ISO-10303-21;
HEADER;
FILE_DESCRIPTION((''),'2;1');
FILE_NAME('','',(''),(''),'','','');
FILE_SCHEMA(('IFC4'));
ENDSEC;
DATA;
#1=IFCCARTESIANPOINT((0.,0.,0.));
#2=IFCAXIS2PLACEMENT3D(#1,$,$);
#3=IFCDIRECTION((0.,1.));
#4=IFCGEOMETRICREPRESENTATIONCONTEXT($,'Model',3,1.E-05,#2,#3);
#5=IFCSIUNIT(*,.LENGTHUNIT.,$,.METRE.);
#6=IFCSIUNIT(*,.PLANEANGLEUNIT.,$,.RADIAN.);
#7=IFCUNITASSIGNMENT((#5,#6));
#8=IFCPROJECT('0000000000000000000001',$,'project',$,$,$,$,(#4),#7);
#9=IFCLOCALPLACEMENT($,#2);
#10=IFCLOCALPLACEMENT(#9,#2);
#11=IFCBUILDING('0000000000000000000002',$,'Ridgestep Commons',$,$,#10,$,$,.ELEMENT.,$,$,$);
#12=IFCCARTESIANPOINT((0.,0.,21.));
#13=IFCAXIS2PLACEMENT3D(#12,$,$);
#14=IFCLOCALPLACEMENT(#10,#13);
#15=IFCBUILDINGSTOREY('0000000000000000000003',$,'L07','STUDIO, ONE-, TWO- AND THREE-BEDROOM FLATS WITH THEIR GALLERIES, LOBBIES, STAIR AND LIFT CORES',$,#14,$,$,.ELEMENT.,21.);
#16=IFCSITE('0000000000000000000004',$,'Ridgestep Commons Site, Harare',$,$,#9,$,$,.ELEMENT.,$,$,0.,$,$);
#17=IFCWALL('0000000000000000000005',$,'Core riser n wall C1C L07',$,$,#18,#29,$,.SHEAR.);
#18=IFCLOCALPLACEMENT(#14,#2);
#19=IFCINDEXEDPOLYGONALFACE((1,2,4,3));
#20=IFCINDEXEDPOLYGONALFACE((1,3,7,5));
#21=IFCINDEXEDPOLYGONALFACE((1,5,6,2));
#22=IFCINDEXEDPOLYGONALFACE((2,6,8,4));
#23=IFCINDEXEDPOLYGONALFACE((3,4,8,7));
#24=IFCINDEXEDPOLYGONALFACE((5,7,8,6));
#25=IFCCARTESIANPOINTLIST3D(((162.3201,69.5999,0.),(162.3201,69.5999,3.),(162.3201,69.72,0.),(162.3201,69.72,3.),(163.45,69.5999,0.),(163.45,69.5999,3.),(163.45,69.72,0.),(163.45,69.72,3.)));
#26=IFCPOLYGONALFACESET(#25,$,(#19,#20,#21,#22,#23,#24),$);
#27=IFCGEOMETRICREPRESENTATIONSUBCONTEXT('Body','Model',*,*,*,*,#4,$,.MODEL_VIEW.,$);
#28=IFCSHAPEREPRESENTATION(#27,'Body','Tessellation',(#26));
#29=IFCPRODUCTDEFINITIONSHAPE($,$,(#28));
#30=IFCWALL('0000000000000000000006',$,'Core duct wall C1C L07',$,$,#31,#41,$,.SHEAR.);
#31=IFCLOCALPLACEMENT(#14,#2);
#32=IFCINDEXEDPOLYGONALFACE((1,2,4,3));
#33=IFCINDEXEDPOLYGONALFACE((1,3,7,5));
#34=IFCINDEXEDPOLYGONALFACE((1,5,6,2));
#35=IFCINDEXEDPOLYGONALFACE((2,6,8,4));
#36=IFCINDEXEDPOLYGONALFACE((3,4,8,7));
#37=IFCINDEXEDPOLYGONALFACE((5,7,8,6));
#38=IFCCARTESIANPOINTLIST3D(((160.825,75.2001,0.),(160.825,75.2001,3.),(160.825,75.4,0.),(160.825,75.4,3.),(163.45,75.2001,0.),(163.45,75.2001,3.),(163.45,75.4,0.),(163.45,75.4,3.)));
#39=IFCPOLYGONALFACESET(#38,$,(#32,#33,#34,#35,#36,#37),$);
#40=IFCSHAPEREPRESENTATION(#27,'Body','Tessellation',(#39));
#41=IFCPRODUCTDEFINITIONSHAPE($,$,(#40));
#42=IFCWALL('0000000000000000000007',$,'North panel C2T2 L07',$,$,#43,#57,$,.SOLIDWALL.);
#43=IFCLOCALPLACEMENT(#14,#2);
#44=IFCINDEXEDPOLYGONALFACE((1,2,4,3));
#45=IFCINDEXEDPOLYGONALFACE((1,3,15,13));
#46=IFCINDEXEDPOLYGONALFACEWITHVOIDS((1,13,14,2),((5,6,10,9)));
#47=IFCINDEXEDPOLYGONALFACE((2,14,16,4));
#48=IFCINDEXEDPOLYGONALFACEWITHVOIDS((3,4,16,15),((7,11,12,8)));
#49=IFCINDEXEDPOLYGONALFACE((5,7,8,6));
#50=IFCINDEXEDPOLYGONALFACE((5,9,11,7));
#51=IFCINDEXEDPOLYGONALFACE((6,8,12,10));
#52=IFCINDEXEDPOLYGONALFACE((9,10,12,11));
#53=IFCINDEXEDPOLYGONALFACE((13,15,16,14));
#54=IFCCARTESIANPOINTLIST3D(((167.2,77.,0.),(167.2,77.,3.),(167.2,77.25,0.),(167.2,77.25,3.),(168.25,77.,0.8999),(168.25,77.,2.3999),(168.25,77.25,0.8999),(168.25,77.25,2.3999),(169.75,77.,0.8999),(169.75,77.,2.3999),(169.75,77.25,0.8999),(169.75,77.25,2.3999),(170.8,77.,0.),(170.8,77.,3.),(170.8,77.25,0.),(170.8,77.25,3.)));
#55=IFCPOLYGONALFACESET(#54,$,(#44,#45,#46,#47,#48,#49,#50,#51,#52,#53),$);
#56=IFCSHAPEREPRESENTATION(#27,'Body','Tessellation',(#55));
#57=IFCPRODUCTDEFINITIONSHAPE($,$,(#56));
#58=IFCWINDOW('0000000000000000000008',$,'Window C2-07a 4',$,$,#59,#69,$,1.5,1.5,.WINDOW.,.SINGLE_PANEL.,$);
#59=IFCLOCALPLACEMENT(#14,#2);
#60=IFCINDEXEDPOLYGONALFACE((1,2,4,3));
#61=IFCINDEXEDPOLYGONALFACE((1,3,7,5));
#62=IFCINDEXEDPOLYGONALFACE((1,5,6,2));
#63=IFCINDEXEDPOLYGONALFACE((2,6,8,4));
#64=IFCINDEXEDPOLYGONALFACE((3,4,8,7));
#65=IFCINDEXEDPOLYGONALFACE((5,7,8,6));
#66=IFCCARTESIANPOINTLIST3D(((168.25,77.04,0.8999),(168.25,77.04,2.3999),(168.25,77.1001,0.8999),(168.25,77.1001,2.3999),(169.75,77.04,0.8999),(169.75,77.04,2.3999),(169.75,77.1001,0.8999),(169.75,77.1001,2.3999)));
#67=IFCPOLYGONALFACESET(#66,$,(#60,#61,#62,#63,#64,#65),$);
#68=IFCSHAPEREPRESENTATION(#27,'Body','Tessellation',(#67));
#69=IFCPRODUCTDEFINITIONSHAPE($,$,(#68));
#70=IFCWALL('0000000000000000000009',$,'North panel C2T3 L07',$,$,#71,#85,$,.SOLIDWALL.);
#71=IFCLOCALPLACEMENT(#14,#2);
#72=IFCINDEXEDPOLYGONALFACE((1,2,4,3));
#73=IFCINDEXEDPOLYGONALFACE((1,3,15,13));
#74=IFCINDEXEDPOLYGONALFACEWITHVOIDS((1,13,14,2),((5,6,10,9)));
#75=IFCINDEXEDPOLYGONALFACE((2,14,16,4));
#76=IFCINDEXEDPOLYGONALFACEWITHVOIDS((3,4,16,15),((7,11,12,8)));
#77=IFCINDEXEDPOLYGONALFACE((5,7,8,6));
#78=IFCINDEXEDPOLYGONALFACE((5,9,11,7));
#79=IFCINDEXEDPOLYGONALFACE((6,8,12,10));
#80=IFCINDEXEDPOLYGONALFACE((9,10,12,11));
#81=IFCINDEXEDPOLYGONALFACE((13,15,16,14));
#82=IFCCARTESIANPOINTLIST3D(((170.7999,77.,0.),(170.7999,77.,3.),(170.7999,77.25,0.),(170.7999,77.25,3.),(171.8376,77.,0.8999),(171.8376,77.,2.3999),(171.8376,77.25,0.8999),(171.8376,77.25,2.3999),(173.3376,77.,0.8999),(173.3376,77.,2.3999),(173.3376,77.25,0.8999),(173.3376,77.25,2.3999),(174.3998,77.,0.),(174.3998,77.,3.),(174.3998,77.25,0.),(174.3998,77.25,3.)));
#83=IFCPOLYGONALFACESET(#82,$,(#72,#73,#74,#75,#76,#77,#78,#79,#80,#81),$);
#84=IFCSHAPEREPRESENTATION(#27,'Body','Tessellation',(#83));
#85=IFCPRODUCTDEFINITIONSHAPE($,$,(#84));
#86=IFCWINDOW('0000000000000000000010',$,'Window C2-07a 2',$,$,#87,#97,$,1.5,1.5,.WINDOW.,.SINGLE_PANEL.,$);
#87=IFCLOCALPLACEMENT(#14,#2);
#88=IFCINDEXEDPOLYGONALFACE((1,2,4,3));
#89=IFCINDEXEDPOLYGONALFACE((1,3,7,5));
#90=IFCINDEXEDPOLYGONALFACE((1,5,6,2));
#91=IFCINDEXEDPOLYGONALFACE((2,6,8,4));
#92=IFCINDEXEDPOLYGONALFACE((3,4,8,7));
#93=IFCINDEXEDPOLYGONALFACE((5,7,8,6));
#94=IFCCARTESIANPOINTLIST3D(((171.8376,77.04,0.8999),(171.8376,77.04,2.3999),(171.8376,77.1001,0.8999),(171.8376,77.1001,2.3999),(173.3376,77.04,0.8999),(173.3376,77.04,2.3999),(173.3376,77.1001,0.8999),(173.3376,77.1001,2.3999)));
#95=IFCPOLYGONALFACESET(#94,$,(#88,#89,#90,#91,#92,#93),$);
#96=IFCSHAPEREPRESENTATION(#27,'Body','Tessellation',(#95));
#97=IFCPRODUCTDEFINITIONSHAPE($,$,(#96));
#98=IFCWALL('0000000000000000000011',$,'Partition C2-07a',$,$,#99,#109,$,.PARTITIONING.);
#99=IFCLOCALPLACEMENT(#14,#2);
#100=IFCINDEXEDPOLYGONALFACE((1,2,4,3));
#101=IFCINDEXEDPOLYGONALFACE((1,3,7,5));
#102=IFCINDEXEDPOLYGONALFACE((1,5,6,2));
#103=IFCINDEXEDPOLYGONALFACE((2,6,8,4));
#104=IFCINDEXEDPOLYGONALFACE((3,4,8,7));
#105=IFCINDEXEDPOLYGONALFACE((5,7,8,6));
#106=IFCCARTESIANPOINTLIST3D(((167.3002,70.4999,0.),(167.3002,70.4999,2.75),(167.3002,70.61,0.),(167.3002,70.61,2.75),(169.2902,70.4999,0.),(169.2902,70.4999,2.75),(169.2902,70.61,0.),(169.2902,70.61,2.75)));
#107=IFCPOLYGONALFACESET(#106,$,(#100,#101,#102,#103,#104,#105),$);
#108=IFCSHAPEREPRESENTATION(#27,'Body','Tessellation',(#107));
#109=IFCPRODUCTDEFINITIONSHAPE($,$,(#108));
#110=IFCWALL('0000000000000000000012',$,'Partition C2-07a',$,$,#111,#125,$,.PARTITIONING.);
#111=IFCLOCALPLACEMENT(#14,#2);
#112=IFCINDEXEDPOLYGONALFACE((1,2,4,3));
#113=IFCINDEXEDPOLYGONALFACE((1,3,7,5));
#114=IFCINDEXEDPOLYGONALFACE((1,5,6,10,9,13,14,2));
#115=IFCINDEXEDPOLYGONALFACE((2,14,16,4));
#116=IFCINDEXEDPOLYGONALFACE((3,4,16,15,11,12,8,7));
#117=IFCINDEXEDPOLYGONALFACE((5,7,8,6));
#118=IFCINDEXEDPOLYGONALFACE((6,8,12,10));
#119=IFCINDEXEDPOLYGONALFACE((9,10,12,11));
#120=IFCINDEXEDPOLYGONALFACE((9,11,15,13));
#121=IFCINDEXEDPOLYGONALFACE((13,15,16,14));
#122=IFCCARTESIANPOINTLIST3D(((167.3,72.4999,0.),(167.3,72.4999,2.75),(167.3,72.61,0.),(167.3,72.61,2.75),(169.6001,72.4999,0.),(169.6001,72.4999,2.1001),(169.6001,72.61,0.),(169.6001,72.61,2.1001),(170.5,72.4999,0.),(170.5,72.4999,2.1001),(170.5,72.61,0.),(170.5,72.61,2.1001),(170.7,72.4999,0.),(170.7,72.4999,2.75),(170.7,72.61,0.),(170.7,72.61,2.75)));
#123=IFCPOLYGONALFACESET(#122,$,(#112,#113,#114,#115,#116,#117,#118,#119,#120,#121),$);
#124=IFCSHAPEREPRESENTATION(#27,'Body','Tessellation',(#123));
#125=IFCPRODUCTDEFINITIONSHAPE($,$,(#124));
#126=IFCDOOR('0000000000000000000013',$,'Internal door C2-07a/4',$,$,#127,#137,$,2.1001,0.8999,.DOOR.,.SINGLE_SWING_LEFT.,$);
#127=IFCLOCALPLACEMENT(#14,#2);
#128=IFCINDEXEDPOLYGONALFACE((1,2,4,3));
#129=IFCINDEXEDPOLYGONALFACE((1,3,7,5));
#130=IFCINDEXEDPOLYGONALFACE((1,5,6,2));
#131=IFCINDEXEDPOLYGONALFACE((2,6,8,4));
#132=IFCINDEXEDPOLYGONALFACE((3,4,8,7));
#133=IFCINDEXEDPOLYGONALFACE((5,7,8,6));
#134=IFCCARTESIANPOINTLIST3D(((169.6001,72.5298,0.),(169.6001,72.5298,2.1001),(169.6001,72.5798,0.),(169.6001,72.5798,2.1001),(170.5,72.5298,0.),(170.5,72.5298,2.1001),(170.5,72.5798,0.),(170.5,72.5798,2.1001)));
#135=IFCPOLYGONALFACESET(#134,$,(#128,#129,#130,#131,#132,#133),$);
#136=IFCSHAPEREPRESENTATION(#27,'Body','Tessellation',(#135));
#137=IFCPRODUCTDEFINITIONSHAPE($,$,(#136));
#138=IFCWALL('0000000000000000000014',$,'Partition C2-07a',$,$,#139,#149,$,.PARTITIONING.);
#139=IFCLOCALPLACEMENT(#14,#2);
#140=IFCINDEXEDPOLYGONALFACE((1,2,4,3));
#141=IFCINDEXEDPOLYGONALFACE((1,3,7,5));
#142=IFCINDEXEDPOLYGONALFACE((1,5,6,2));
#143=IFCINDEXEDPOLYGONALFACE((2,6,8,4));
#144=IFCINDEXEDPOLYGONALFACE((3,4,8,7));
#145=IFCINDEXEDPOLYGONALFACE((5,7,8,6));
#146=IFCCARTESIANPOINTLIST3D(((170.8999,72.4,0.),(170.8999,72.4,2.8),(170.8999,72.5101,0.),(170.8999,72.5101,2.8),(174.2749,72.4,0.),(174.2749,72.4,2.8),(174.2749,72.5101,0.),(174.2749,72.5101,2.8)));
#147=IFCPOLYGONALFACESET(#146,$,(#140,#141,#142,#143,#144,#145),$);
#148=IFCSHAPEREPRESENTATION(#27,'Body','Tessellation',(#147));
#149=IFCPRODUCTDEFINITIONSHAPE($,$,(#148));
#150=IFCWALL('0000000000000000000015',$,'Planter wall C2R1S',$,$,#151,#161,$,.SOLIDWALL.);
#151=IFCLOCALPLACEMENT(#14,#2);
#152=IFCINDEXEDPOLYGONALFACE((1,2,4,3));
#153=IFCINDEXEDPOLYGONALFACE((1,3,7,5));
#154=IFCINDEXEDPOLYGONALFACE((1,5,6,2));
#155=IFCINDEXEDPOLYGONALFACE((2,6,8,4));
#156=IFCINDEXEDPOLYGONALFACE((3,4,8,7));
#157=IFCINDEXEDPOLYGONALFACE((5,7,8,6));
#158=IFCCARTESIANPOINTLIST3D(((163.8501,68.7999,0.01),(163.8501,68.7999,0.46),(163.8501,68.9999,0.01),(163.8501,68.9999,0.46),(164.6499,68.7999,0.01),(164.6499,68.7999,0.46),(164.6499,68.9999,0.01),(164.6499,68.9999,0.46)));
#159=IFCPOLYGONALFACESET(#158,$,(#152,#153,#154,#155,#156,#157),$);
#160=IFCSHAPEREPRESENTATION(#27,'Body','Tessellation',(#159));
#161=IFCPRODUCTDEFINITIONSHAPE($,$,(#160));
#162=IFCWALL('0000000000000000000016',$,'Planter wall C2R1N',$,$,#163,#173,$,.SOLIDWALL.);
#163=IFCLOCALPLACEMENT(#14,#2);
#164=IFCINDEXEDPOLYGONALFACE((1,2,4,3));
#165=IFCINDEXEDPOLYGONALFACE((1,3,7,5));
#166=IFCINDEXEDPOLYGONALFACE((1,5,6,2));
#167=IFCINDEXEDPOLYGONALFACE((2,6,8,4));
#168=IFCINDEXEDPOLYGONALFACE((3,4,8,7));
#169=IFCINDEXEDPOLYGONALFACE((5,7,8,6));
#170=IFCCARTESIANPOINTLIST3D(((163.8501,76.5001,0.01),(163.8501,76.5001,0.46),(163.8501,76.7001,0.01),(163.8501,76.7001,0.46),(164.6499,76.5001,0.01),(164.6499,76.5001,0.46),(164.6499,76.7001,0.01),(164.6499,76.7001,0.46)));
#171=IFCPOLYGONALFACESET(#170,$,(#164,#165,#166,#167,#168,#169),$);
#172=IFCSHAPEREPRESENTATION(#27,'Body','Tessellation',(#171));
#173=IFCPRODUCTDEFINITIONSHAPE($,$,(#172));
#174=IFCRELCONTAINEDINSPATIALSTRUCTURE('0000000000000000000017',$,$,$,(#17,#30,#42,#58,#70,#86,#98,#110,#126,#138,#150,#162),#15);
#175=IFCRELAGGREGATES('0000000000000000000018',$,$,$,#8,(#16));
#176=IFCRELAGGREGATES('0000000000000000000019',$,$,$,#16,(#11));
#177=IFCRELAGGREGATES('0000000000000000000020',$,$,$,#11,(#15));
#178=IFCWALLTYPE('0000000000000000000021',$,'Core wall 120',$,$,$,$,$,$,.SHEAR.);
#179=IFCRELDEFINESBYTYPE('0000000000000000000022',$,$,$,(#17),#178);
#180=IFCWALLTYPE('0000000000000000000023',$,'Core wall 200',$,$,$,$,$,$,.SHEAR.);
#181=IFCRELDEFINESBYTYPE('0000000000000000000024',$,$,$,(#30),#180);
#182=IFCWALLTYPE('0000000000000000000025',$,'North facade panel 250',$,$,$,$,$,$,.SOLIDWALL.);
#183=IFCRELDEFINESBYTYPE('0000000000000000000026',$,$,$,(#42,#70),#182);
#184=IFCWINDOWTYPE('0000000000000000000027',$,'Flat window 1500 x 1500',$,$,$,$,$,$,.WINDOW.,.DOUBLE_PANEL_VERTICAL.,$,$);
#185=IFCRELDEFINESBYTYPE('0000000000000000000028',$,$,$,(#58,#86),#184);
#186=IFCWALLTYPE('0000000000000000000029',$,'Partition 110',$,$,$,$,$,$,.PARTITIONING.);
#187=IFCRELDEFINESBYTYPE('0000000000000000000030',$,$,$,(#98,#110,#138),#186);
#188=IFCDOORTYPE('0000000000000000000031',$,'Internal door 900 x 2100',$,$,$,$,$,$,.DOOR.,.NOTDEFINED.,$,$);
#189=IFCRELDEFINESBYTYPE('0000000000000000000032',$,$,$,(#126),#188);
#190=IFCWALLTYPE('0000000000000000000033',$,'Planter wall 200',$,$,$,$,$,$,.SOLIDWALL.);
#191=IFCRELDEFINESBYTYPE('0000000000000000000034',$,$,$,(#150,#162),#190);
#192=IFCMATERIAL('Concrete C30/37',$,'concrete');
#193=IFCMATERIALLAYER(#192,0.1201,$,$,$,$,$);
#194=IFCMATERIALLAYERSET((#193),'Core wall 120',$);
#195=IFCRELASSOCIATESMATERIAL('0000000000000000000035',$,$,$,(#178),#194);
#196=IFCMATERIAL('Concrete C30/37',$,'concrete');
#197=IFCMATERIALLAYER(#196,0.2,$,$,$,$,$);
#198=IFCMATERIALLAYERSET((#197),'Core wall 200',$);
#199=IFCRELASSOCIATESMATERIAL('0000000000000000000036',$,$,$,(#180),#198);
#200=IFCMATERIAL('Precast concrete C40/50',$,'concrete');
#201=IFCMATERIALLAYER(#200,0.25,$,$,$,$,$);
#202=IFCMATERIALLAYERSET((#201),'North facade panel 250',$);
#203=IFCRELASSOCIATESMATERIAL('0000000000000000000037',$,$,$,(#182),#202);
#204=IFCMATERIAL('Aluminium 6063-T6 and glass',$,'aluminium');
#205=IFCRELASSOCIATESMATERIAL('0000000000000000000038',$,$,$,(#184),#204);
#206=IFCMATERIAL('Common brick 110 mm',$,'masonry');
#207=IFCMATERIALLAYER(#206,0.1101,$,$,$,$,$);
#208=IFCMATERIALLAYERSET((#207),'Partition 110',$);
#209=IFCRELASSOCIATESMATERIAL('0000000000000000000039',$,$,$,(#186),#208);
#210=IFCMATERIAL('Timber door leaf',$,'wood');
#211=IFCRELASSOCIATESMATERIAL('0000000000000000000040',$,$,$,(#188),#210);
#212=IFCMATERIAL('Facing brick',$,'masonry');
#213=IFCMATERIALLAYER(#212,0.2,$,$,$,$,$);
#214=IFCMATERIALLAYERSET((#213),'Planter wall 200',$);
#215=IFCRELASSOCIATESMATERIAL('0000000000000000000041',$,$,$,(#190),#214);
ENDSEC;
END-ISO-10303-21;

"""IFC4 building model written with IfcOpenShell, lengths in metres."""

from ifc_helpers import new_model, si_unit, direction, frame, frame_2d, origin, place, context, subcontext, project, spatial, rectangle, extrude, material, layer, layer_set, type_object, element, fill, save


model = new_model("IFC4")

# Units and contexts
model_context = context("Model", 3, precision=1e-05, world=origin(), true_north=direction((0.0, 1.0)))
body_context = subcontext(model_context, "Body", "Model", "MODEL_VIEW")
ifc_project = project(units=[si_unit("LENGTHUNIT", "METRE"), si_unit("PLANEANGLEUNIT", "RADIAN")], contexts=[model_context])

# Site, building, storey
site_placement = place(None, origin())
site = spatial("IfcSite", under=ifc_project, at=site_placement, Name="Ridgestep Commons Site, Harare", CompositionType="ELEMENT", RefElevation=0.0)
building_placement = place(site_placement, origin())
building = spatial("IfcBuilding", under=site, at=building_placement, Name="Ridgestep Commons", CompositionType="ELEMENT")
storey_placement = place(building_placement, frame((0.0, 0.0, 21.0)))
storey = spatial("IfcBuildingStorey", under=building, at=storey_placement, Name="L07", Description="STUDIO, ONE-, TWO- AND THREE-BEDROOM FLATS WITH THEIR GALLERIES, LOBBIES, STAIR AND LIFT CORES", CompositionType="ELEMENT", Elevation=21.0)

# Walls
ifc_material_1 = material(Name="Concrete C30/37", Category="concrete")
ifc_layer_1 = layer(ifc_material_1, 0.1201)
ifc_layer_set_1 = layer_set([ifc_layer_1], Name="Core wall 120")
wall_type_1 = type_object("IfcWallType", Name="Core wall 120", PredefinedType="SHEAR", material=ifc_layer_set_1)
wall_1_placement = place(storey_placement, frame((162.3201, 69.6599, 0.0), z_axis=(0.0, 0.0, 1.0), x_axis=(1.0, 0.0, 0.0)))
element("IfcWall", 1, at=wall_1_placement, inside=storey, type_object=wall_type_1, Name="Core riser n wall C1C L07", PredefinedType="SHEAR", context=body_context, shape_type="SweptSolid", body=[
    extrude(rectangle(XDim=1.1299, YDim=0.1201, at=frame_2d((0.5649, 0.0))), origin(), (0.0, 0.0, 1.0), 3.0),
])
ifc_material_2 = material(Name="Concrete C30/37", Category="concrete")
ifc_layer_2 = layer(ifc_material_2, 0.2)
ifc_layer_set_2 = layer_set([ifc_layer_2], Name="Core wall 200")
wall_type_2 = type_object("IfcWallType", Name="Core wall 200", PredefinedType="SHEAR", material=ifc_layer_set_2)
wall_2_placement = place(storey_placement, frame((160.825, 75.3, 0.0), z_axis=(0.0, 0.0, 1.0), x_axis=(1.0, 0.0, 0.0)))
element("IfcWall", 2, at=wall_2_placement, inside=storey, type_object=wall_type_2, Name="Core duct wall C1C L07", PredefinedType="SHEAR", context=body_context, shape_type="SweptSolid", body=[
    extrude(rectangle(XDim=2.625, YDim=0.2, at=frame_2d((1.3125, 0.0))), origin(), (0.0, 0.0, 1.0), 3.0),
])

# Walls, openings, windows
ifc_material_3 = material(Name="Precast concrete C40/50", Category="concrete")
ifc_layer_3 = layer(ifc_material_3, 0.25)
ifc_layer_set_3 = layer_set([ifc_layer_3], Name="North facade panel 250")
wall_type_3 = type_object("IfcWallType", Name="North facade panel 250", PredefinedType="SOLIDWALL", material=ifc_layer_set_3)
wall_3_placement = place(storey_placement, frame((167.2, 77.125, 0.0), z_axis=(0.0, 0.0, 1.0), x_axis=(1.0, 0.0, 0.0)))
wall_3 = element("IfcWall", 3, at=wall_3_placement, inside=storey, type_object=wall_type_3, Name="North panel C2T2 L07", PredefinedType="SOLIDWALL", context=body_context, shape_type="SweptSolid", body=[
    extrude(rectangle(XDim=3.6001, YDim=0.25, at=frame_2d((1.8, 0.0))), origin(), (0.0, 0.0, 1.0), 3.0),
])
opening_1_placement = place(wall_3_placement, frame((1.05, 0.0, 0.8999)))
opening_1 = element("IfcOpeningElement", 4, at=opening_1_placement, cuts=wall_3, PredefinedType="OPENING", context=body_context, shape_type="SweptSolid", body=[
    extrude(rectangle(XDim=1.5, YDim=1.5, at=frame_2d((0.75, 0.75))), frame((0.0, 0.135, 0.0), z_axis=(0.0, -1.0, 0.0), x_axis=(1.0, 0.0, 0.0)), (0.0, 0.0, 1.0), 0.27),
])
ifc_material_4 = material(Name="Aluminium 6063-T6 and glass", Category="aluminium")
window_type = type_object("IfcWindowType", Name="Flat window 1500 x 1500", PartitioningType="DOUBLE_PANEL_VERTICAL", PredefinedType="WINDOW", material=ifc_material_4)
window_1_placement = place(opening_1_placement, origin())
window_1 = element("IfcWindow", 5, at=window_1_placement, inside=storey, type_object=window_type, Name="Window C2-07a 4", OverallHeight=1.5, OverallWidth=1.5, PartitioningType="SINGLE_PANEL", PredefinedType="WINDOW", context=body_context, shape_type="SweptSolid", body=[
    extrude(rectangle(XDim=1.5, YDim=1.5, at=frame_2d((0.75, 0.75))), frame((0.0, -0.0249, 0.0), z_axis=(0.0, -1.0, 0.0), x_axis=(1.0, 0.0, 0.0)), (0.0, 0.0, 1.0), 0.0601),
])
fill(opening_1, window_1)
wall_4_placement = place(storey_placement, frame((170.8, 77.125, 0.0), z_axis=(0.0, 0.0, 1.0), x_axis=(1.0, 0.0, 0.0)))
wall_4 = element("IfcWall", 6, at=wall_4_placement, inside=storey, type_object=wall_type_3, Name="North panel C2T3 L07", PredefinedType="SOLIDWALL", context=body_context, shape_type="SweptSolid", body=[
    extrude(rectangle(XDim=3.5999, YDim=0.25, at=frame_2d((1.7998, 0.0))), origin(), (0.0, 0.0, 1.0), 3.0),
])
opening_2_placement = place(wall_4_placement, frame((1.0376, 0.0, 0.8999)))
opening_2 = element("IfcOpeningElement", 7, at=opening_2_placement, cuts=wall_4, PredefinedType="OPENING", context=body_context, shape_type="SweptSolid", body=[
    extrude(rectangle(XDim=1.5, YDim=1.5, at=frame_2d((0.75, 0.75))), frame((0.0, 0.135, 0.0), z_axis=(0.0, -1.0, 0.0), x_axis=(1.0, 0.0, 0.0)), (0.0, 0.0, 1.0), 0.27),
])
window_2_placement = place(opening_2_placement, origin())
window_2 = element("IfcWindow", 8, at=window_2_placement, inside=storey, type_object=window_type, Name="Window C2-07a 2", OverallHeight=1.5, OverallWidth=1.5, PartitioningType="SINGLE_PANEL", PredefinedType="WINDOW", context=body_context, shape_type="SweptSolid", body=[
    extrude(rectangle(XDim=1.5, YDim=1.5, at=frame_2d((0.75, 0.75))), frame((0.0, -0.0249, 0.0), z_axis=(0.0, -1.0, 0.0), x_axis=(1.0, 0.0, 0.0)), (0.0, 0.0, 1.0), 0.0601),
])
fill(opening_2, window_2)

# Wall
ifc_material_5 = material(Name="Common brick 110 mm", Category="masonry")
ifc_layer_4 = layer(ifc_material_5, 0.1101)
ifc_layer_set_4 = layer_set([ifc_layer_4], Name="Partition 110")
wall_type_4 = type_object("IfcWallType", Name="Partition 110", PredefinedType="PARTITIONING", material=ifc_layer_set_4)
wall_5_placement = place(storey_placement, frame((167.3, 70.5549, 0.0), z_axis=(0.0, 0.0, 1.0), x_axis=(1.0, 0.0, 0.0)))
element("IfcWall", 9, at=wall_5_placement, inside=storey, type_object=wall_type_4, Name="Partition C2-07a", PredefinedType="PARTITIONING", context=body_context, shape_type="SweptSolid", body=[
    extrude(rectangle(XDim=1.99, YDim=0.1101, at=frame_2d((0.9951, 0.0))), origin(), (0.0, 0.0, 1.0), 2.75),
])

# Wall, opening, door
wall_6_placement = place(storey_placement, frame((167.3, 72.5549, 0.0), z_axis=(0.0, 0.0, 1.0), x_axis=(1.0, 0.0, 0.0)))
wall_6 = element("IfcWall", 10, at=wall_6_placement, inside=storey, type_object=wall_type_4, Name="Partition C2-07a", PredefinedType="PARTITIONING", context=body_context, shape_type="SweptSolid", body=[
    extrude(rectangle(XDim=3.3999, YDim=0.1101, at=frame_2d((1.7, 0.0))), origin(), (0.0, 0.0, 1.0), 2.75),
])
opening_3_placement = place(wall_6_placement, frame((2.3, 0.0, 0.0)))
opening_3 = element("IfcOpeningElement", 11, at=opening_3_placement, cuts=wall_6, PredefinedType="OPENING", context=body_context, shape_type="SweptSolid", body=[
    extrude(rectangle(XDim=0.8999, YDim=2.1001, at=frame_2d((0.45, 1.05))), frame((0.0, 0.0649, 0.0), z_axis=(0.0, -1.0, 0.0), x_axis=(1.0, 0.0, 0.0)), (0.0, 0.0, 1.0), 0.1301),
])
ifc_material_6 = material(Name="Timber door leaf", Category="wood")
door_type = type_object("IfcDoorType", Name="Internal door 900 x 2100", OperationType="NOTDEFINED", PredefinedType="DOOR", material=ifc_material_6)
door_placement = place(opening_3_placement, origin())
door = element("IfcDoor", 12, at=door_placement, inside=storey, type_object=door_type, Name="Internal door C2-07a/4", OperationType="SINGLE_SWING_LEFT", OverallHeight=2.1001, OverallWidth=0.8999, PredefinedType="DOOR", context=body_context, shape_type="SweptSolid", body=[
    extrude(rectangle(XDim=0.8999, YDim=2.1001, at=frame_2d((0.45, 1.05))), frame((0.0, 0.0249, 0.0), z_axis=(0.0, -1.0, 0.0), x_axis=(1.0, 0.0, 0.0)), (0.0, 0.0, 1.0), 0.05),
])
fill(opening_3, door)

# Walls
wall_7_placement = place(storey_placement, frame((170.8999, 72.4551, 0.0), z_axis=(0.0, 0.0, 1.0), x_axis=(1.0, 0.0, 0.0)))
element("IfcWall", 13, at=wall_7_placement, inside=storey, type_object=wall_type_4, Name="Partition C2-07a", PredefinedType="PARTITIONING", context=body_context, shape_type="SweptSolid", body=[
    extrude(rectangle(XDim=3.375, YDim=0.1101, at=frame_2d((1.6875, 0.0))), origin(), (0.0, 0.0, 1.0), 2.8),
])
ifc_material_7 = material(Name="Facing brick", Category="masonry")
ifc_layer_5 = layer(ifc_material_7, 0.2)
ifc_layer_set_5 = layer_set([ifc_layer_5], Name="Planter wall 200")
wall_type_5 = type_object("IfcWallType", Name="Planter wall 200", PredefinedType="SOLIDWALL", material=ifc_layer_set_5)
for number, where, z_axis, x_axis, name in (
    (14, (163.8501, 68.8999, 0.01), (0.0, 0.0, 1.0), (1.0, 0.0, 0.0), "Planter wall C2R1S"),
    (15, (163.8501, 76.6001, 0.01), (0.0, 0.0, 1.0), (1.0, 0.0, 0.0), "Planter wall C2R1N"),
):
    element("IfcWall", number, at=place(storey_placement, frame(where, z_axis=z_axis, x_axis=x_axis)), inside=storey, type_object=wall_type_5, Name=name, PredefinedType="SOLIDWALL", context=body_context, shape_type="SweptSolid", body=[
        extrude(rectangle(XDim=0.7998, YDim=0.2, at=frame_2d((0.3999, 0.0))), origin(), (0.0, 0.0, 1.0), 0.45),
    ])

save(model, "model.ifc")
